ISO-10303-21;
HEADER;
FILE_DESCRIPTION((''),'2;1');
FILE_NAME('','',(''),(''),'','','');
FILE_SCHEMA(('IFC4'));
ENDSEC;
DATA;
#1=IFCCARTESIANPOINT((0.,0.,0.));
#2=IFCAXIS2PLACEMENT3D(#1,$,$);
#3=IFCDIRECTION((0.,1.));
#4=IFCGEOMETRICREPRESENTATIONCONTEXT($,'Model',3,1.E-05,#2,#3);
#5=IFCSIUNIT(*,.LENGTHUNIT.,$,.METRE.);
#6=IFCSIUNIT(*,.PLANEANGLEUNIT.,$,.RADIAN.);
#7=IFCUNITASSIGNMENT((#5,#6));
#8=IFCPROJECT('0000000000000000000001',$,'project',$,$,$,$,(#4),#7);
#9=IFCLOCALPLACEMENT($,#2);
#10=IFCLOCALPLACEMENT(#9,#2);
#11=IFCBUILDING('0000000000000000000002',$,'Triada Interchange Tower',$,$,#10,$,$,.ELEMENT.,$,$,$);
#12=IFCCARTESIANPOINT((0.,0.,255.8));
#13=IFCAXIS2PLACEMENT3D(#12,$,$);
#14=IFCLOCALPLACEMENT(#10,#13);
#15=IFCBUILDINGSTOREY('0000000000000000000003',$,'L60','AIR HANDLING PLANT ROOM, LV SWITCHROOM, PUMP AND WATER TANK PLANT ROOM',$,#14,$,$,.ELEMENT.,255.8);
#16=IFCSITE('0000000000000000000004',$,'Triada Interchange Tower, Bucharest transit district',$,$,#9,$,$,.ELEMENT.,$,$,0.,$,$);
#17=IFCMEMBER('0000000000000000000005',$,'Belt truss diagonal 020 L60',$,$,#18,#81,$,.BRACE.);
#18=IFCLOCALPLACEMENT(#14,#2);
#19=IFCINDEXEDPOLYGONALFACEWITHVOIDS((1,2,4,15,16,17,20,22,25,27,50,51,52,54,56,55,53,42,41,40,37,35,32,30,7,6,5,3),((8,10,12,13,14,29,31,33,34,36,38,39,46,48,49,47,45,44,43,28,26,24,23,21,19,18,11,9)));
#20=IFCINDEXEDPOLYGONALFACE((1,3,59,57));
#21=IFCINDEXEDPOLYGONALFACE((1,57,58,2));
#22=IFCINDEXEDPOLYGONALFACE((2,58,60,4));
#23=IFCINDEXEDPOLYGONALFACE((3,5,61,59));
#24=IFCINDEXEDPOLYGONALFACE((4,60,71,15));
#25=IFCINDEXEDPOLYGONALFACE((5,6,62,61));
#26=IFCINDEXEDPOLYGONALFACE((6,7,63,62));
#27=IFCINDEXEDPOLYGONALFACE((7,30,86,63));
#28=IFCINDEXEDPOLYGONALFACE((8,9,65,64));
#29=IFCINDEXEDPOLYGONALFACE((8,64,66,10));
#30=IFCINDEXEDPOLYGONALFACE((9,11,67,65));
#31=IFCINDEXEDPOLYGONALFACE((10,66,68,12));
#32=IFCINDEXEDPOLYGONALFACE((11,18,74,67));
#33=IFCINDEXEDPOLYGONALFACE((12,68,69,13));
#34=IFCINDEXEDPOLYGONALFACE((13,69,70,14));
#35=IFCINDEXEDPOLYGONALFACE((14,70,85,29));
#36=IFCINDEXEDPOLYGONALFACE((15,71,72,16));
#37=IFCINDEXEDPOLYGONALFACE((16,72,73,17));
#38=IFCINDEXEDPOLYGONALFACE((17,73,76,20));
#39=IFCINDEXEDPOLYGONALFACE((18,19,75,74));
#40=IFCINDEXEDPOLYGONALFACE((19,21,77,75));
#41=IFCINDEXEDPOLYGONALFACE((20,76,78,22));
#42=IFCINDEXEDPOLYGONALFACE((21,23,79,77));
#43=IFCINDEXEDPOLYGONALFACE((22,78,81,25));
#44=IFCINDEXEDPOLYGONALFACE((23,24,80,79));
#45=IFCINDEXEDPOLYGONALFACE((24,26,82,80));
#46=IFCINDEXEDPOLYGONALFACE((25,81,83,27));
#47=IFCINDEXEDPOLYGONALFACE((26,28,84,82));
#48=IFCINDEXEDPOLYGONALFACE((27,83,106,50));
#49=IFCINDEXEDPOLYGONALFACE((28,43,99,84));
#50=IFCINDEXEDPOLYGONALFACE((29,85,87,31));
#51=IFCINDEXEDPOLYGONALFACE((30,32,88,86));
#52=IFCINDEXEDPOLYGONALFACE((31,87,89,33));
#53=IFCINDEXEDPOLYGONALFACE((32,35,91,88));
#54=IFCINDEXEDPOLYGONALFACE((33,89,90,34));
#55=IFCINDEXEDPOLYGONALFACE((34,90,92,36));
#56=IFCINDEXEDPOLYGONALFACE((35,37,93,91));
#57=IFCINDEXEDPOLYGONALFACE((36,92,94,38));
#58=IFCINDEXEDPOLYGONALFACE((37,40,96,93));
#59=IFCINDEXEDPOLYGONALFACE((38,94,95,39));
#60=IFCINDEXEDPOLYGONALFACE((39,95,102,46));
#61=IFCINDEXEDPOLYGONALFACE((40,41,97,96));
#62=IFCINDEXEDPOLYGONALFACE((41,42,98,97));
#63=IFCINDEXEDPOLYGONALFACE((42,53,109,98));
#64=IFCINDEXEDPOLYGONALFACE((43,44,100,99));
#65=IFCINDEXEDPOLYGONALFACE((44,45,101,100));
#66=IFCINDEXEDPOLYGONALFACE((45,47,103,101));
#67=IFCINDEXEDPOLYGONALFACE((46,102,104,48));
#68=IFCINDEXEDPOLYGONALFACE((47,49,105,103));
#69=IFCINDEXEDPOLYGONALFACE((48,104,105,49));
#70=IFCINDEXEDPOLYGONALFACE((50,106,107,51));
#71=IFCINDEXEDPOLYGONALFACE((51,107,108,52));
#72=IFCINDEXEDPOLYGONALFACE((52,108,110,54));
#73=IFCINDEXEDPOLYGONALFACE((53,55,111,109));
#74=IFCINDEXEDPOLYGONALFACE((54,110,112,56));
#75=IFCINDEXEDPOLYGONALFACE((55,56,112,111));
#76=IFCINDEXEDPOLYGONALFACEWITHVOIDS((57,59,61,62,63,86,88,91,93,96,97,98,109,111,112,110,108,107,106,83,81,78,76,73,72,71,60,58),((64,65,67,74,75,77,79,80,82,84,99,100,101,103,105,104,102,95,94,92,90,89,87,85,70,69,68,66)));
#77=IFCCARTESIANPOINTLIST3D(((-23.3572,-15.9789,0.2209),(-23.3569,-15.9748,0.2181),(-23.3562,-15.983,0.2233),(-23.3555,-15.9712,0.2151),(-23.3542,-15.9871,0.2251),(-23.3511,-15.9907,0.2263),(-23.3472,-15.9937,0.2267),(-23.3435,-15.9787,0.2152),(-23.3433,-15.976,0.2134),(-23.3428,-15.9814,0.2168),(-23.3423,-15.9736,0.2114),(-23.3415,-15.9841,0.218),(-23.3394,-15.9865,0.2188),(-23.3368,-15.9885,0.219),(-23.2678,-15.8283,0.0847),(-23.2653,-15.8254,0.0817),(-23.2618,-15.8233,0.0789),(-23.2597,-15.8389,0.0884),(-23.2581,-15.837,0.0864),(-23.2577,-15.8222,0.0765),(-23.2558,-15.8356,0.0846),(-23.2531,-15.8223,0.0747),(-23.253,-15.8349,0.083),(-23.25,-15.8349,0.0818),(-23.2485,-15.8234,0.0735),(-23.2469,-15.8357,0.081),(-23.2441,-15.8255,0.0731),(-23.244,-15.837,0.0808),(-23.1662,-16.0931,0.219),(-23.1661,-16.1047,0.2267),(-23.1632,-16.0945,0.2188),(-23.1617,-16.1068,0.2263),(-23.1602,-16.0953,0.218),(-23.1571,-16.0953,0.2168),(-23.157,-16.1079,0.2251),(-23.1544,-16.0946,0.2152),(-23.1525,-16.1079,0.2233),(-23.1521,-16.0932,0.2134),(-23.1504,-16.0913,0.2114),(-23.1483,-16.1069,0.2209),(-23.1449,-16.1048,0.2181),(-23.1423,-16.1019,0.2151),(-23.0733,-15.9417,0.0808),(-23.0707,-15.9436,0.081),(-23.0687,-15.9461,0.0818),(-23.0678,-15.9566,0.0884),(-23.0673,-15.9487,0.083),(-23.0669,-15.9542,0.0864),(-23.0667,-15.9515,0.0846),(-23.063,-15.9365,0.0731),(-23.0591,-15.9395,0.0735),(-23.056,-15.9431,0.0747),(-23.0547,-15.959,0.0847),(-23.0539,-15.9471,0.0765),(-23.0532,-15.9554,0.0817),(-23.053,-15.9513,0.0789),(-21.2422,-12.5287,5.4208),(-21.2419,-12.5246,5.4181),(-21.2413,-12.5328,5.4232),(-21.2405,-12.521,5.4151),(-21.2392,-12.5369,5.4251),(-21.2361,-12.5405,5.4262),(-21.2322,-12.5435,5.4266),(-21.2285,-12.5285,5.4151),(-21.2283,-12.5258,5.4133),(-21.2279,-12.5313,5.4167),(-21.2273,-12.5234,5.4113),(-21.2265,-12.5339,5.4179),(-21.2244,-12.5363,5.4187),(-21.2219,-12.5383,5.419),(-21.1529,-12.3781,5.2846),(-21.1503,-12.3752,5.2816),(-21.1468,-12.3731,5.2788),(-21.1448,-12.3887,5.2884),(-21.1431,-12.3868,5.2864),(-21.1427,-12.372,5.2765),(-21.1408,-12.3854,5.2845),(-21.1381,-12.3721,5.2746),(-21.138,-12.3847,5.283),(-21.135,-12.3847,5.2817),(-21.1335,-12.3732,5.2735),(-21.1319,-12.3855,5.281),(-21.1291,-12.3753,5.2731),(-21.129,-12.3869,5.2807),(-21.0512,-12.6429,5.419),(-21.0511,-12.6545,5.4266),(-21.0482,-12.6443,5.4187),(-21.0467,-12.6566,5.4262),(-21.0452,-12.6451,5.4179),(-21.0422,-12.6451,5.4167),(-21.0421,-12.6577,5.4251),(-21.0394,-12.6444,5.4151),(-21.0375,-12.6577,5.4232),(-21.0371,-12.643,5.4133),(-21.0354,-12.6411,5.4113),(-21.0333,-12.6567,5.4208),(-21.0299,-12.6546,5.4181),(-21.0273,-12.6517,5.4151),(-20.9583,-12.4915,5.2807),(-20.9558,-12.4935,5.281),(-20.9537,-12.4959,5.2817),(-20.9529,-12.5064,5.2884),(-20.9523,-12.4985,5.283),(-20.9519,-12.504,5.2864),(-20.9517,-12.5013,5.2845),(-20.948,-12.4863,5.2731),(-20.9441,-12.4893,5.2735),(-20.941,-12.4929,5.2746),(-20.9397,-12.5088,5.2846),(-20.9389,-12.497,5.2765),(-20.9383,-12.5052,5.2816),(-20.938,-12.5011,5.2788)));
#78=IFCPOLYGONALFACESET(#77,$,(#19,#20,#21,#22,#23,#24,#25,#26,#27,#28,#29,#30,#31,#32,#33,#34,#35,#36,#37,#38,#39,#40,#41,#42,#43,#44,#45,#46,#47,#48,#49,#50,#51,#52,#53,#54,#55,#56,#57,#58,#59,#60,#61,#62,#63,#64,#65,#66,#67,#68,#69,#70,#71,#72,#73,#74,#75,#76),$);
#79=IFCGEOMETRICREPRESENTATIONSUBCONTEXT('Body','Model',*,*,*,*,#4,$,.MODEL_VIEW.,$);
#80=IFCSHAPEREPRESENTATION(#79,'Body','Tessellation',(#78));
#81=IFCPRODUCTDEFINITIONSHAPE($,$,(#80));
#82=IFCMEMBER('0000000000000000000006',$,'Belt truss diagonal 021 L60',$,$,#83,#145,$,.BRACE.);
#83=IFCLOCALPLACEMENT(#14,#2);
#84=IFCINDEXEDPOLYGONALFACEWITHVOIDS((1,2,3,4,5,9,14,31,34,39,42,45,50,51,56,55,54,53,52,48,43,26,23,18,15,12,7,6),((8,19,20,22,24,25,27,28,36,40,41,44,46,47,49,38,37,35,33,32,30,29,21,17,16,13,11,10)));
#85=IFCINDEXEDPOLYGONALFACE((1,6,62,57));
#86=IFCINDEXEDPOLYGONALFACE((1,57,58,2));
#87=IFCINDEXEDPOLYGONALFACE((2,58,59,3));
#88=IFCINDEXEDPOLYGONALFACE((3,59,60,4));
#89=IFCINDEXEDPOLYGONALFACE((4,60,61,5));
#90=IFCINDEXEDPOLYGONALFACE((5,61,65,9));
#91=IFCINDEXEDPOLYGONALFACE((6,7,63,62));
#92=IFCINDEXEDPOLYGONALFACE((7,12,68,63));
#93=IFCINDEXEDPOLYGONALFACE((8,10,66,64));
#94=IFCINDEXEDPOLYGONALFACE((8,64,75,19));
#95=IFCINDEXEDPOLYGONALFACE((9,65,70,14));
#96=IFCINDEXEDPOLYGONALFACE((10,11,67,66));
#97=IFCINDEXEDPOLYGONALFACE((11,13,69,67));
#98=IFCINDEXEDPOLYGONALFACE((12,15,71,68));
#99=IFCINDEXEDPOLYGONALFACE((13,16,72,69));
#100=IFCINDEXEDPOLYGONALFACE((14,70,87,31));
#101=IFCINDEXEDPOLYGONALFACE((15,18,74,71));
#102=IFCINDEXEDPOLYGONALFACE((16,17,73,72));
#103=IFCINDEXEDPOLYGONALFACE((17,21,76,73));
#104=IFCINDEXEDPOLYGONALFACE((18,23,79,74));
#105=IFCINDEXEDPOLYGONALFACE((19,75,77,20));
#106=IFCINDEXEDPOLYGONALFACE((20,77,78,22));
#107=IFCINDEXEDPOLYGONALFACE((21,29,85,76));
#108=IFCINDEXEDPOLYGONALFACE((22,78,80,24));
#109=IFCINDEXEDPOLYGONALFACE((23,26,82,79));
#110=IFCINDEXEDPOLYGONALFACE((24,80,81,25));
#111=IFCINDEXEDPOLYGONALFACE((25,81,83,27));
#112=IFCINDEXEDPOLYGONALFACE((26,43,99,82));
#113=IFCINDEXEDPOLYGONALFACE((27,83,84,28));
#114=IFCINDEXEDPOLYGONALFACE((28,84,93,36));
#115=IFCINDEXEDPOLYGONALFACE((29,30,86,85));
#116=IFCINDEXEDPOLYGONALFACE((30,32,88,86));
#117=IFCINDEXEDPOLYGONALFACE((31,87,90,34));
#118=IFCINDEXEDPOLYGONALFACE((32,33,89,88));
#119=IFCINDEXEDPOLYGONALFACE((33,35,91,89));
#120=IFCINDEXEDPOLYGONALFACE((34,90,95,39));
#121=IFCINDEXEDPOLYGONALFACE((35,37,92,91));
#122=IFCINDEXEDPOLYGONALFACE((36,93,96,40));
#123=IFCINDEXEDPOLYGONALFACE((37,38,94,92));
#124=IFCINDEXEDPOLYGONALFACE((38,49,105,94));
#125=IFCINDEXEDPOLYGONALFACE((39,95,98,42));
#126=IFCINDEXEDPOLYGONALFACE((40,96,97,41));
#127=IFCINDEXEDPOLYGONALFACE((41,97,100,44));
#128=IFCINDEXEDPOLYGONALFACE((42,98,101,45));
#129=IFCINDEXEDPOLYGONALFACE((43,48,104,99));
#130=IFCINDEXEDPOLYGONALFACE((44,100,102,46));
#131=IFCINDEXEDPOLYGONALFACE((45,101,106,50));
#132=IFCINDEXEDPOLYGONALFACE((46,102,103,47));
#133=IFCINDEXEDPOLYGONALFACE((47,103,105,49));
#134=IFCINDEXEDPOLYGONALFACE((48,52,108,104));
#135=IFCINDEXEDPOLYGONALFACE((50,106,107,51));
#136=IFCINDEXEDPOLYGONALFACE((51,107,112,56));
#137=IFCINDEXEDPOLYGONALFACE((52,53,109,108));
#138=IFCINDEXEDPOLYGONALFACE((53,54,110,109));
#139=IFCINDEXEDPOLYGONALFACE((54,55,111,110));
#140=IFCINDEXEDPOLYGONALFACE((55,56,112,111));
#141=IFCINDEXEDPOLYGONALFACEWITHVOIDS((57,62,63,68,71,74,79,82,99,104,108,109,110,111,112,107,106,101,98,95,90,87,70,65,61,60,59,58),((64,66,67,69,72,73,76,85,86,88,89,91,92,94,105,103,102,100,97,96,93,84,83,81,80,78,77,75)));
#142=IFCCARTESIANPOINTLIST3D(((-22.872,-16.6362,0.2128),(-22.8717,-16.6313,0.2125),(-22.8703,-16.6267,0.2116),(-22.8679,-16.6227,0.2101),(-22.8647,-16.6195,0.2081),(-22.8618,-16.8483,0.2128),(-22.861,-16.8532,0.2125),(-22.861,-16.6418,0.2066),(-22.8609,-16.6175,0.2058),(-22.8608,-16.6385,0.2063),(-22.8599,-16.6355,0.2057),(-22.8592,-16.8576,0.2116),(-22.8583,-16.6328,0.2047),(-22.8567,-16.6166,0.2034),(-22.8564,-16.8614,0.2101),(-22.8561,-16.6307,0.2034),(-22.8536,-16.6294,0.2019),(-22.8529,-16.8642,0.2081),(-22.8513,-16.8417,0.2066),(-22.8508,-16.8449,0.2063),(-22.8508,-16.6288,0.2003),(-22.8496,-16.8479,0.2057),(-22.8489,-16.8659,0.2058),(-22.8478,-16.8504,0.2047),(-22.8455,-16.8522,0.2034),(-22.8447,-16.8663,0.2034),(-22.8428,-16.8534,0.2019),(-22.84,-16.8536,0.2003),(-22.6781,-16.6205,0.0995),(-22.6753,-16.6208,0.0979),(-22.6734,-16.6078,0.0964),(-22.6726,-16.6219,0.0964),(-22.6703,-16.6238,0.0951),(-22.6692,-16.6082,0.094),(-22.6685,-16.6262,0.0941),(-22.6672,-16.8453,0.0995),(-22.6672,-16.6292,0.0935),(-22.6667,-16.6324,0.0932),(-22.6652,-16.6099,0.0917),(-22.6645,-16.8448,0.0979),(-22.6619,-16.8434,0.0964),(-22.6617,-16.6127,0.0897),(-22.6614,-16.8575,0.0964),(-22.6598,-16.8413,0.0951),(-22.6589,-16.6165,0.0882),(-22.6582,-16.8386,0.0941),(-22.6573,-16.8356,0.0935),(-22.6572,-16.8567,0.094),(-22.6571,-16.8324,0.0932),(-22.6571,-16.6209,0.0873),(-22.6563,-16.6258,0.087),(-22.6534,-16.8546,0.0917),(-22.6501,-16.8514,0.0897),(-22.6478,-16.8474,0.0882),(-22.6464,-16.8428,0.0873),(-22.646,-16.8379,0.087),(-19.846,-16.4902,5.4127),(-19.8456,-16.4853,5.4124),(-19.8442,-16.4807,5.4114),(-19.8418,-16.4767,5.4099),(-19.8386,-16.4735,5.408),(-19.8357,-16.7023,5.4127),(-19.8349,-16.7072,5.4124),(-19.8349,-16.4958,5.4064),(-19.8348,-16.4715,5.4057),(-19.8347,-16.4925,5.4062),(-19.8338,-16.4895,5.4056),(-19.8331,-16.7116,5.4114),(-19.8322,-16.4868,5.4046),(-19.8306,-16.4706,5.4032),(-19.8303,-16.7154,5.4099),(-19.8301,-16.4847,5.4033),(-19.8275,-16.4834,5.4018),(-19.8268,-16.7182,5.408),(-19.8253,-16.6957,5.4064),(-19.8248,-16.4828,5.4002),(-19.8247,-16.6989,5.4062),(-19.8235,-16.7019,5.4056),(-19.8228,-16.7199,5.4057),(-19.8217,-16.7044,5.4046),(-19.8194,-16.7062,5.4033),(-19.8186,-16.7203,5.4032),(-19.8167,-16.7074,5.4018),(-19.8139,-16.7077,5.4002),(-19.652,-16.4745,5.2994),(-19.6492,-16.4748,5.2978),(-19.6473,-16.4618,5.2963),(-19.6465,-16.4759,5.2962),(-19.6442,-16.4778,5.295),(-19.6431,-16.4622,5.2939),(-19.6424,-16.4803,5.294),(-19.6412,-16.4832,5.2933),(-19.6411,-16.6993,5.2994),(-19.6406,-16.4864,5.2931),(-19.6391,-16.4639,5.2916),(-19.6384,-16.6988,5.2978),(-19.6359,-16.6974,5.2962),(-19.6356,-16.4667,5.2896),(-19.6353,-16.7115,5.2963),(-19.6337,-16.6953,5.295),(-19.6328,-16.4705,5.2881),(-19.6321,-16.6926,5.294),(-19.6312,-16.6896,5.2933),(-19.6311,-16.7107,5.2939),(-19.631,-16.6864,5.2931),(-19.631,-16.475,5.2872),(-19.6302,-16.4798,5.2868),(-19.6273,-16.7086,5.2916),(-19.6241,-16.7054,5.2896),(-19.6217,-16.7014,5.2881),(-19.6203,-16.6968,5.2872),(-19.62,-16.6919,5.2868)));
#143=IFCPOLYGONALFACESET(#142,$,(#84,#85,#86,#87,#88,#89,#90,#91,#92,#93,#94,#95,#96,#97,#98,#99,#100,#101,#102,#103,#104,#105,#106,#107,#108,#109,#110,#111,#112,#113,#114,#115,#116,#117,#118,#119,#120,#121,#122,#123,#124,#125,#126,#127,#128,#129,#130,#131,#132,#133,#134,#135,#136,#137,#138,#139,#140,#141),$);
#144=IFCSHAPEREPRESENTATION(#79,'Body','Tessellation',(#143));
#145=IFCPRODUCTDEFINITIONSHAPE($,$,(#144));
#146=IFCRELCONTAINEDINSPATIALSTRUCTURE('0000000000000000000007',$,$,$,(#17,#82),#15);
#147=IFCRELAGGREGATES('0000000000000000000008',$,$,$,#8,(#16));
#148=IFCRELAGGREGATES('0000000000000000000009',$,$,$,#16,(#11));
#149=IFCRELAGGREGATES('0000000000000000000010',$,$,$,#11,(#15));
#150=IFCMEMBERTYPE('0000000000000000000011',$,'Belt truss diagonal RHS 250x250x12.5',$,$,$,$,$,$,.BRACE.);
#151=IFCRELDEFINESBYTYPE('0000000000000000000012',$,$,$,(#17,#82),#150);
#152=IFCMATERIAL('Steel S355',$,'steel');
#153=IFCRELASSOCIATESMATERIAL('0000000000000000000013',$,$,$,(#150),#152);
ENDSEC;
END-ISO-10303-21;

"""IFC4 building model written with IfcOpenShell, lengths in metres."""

from ifc_helpers import new_model, si_unit, direction, frame, origin, origin_2d, place, context, subcontext, project, spatial, hollow_rectangle, extrude, material, material_profile, profile_set, type_object, element, save


model = new_model("IFC4")

# Units and contexts
model_context = context("Model", 3, precision=1e-05, world=origin(), true_north=direction((0.0, 1.0)))
body_context = subcontext(model_context, "Body", "Model", "MODEL_VIEW")
ifc_project = project(units=[si_unit("LENGTHUNIT", "METRE"), si_unit("PLANEANGLEUNIT", "RADIAN")], contexts=[model_context])

# Site, building, storey
site_placement = place(None, origin())
site = spatial("IfcSite", under=ifc_project, at=site_placement, Name="Triada Interchange Tower, Bucharest transit district", CompositionType="ELEMENT", RefElevation=0.0)
building_placement = place(site_placement, origin())
building = spatial("IfcBuilding", under=site, at=building_placement, Name="Triada Interchange Tower", CompositionType="ELEMENT")
storey_placement = place(building_placement, frame((0.0, 0.0, 255.8)))
storey = spatial("IfcBuildingStorey", under=building, at=storey_placement, Name="L60", Description="AIR HANDLING PLANT ROOM, LV SWITCHROOM, PUMP AND WATER TANK PLANT ROOM", CompositionType="ELEMENT", Elevation=255.8)

# Members
ifc_material_1 = material(Name="Steel S355", Category="steel")
ifc_material_profile_1 = material_profile(ifc_material_1, hollow_rectangle(XDim=0.25, YDim=0.25, WallThickness=0.0125, InnerFilletRadius=0.0125, OuterFilletRadius=0.0188, at=origin_2d()), Name="RHS 250x250x12.5")
ifc_profile_set_1 = profile_set([ifc_material_profile_1], Name="Steel S355")
member_type = type_object("IfcMemberType", Name="Belt truss diagonal RHS 250x250x12.5", PredefinedType="BRACE", material=ifc_profile_set_1)
member_1_placement = place(storey_placement, frame((-23.2051, -15.9651, 0.1499), z_axis=(0.320982, 0.52362, 0.789172), x_axis=(-0.852562, 0.522626, 0.0)))
element("IfcMember", 1, at=member_1_placement, inside=storey, type_object=member_type, Name="Belt truss diagonal 020 L60", PredefinedType="BRACE", context=body_context, shape_type="SweptSolid", body=[
    extrude(hollow_rectangle(XDim=0.25, YDim=0.25, WallThickness=0.0125, InnerFilletRadius=0.0125, OuterFilletRadius=0.0188, at=origin_2d()), origin(), (0.0, 0.0, 1.0), 6.5891),
])
member_2_placement = place(storey_placement, frame((-22.759, -16.7371, 0.1499), z_axis=(0.502832, 0.024259, 0.864044), x_axis=(-0.048189, 0.998838, 0.0)))
element("IfcMember", 2, at=member_2_placement, inside=storey, type_object=member_type, Name="Belt truss diagonal 021 L60", PredefinedType="BRACE", context=body_context, shape_type="SweptSolid", body=[
    extrude(hollow_rectangle(XDim=0.25, YDim=0.25, WallThickness=0.0125, InnerFilletRadius=0.0125, OuterFilletRadius=0.0188, at=origin_2d()), origin(), (0.0, 0.0, 1.0), 6.0181),
])

save(model, "model.ifc")
